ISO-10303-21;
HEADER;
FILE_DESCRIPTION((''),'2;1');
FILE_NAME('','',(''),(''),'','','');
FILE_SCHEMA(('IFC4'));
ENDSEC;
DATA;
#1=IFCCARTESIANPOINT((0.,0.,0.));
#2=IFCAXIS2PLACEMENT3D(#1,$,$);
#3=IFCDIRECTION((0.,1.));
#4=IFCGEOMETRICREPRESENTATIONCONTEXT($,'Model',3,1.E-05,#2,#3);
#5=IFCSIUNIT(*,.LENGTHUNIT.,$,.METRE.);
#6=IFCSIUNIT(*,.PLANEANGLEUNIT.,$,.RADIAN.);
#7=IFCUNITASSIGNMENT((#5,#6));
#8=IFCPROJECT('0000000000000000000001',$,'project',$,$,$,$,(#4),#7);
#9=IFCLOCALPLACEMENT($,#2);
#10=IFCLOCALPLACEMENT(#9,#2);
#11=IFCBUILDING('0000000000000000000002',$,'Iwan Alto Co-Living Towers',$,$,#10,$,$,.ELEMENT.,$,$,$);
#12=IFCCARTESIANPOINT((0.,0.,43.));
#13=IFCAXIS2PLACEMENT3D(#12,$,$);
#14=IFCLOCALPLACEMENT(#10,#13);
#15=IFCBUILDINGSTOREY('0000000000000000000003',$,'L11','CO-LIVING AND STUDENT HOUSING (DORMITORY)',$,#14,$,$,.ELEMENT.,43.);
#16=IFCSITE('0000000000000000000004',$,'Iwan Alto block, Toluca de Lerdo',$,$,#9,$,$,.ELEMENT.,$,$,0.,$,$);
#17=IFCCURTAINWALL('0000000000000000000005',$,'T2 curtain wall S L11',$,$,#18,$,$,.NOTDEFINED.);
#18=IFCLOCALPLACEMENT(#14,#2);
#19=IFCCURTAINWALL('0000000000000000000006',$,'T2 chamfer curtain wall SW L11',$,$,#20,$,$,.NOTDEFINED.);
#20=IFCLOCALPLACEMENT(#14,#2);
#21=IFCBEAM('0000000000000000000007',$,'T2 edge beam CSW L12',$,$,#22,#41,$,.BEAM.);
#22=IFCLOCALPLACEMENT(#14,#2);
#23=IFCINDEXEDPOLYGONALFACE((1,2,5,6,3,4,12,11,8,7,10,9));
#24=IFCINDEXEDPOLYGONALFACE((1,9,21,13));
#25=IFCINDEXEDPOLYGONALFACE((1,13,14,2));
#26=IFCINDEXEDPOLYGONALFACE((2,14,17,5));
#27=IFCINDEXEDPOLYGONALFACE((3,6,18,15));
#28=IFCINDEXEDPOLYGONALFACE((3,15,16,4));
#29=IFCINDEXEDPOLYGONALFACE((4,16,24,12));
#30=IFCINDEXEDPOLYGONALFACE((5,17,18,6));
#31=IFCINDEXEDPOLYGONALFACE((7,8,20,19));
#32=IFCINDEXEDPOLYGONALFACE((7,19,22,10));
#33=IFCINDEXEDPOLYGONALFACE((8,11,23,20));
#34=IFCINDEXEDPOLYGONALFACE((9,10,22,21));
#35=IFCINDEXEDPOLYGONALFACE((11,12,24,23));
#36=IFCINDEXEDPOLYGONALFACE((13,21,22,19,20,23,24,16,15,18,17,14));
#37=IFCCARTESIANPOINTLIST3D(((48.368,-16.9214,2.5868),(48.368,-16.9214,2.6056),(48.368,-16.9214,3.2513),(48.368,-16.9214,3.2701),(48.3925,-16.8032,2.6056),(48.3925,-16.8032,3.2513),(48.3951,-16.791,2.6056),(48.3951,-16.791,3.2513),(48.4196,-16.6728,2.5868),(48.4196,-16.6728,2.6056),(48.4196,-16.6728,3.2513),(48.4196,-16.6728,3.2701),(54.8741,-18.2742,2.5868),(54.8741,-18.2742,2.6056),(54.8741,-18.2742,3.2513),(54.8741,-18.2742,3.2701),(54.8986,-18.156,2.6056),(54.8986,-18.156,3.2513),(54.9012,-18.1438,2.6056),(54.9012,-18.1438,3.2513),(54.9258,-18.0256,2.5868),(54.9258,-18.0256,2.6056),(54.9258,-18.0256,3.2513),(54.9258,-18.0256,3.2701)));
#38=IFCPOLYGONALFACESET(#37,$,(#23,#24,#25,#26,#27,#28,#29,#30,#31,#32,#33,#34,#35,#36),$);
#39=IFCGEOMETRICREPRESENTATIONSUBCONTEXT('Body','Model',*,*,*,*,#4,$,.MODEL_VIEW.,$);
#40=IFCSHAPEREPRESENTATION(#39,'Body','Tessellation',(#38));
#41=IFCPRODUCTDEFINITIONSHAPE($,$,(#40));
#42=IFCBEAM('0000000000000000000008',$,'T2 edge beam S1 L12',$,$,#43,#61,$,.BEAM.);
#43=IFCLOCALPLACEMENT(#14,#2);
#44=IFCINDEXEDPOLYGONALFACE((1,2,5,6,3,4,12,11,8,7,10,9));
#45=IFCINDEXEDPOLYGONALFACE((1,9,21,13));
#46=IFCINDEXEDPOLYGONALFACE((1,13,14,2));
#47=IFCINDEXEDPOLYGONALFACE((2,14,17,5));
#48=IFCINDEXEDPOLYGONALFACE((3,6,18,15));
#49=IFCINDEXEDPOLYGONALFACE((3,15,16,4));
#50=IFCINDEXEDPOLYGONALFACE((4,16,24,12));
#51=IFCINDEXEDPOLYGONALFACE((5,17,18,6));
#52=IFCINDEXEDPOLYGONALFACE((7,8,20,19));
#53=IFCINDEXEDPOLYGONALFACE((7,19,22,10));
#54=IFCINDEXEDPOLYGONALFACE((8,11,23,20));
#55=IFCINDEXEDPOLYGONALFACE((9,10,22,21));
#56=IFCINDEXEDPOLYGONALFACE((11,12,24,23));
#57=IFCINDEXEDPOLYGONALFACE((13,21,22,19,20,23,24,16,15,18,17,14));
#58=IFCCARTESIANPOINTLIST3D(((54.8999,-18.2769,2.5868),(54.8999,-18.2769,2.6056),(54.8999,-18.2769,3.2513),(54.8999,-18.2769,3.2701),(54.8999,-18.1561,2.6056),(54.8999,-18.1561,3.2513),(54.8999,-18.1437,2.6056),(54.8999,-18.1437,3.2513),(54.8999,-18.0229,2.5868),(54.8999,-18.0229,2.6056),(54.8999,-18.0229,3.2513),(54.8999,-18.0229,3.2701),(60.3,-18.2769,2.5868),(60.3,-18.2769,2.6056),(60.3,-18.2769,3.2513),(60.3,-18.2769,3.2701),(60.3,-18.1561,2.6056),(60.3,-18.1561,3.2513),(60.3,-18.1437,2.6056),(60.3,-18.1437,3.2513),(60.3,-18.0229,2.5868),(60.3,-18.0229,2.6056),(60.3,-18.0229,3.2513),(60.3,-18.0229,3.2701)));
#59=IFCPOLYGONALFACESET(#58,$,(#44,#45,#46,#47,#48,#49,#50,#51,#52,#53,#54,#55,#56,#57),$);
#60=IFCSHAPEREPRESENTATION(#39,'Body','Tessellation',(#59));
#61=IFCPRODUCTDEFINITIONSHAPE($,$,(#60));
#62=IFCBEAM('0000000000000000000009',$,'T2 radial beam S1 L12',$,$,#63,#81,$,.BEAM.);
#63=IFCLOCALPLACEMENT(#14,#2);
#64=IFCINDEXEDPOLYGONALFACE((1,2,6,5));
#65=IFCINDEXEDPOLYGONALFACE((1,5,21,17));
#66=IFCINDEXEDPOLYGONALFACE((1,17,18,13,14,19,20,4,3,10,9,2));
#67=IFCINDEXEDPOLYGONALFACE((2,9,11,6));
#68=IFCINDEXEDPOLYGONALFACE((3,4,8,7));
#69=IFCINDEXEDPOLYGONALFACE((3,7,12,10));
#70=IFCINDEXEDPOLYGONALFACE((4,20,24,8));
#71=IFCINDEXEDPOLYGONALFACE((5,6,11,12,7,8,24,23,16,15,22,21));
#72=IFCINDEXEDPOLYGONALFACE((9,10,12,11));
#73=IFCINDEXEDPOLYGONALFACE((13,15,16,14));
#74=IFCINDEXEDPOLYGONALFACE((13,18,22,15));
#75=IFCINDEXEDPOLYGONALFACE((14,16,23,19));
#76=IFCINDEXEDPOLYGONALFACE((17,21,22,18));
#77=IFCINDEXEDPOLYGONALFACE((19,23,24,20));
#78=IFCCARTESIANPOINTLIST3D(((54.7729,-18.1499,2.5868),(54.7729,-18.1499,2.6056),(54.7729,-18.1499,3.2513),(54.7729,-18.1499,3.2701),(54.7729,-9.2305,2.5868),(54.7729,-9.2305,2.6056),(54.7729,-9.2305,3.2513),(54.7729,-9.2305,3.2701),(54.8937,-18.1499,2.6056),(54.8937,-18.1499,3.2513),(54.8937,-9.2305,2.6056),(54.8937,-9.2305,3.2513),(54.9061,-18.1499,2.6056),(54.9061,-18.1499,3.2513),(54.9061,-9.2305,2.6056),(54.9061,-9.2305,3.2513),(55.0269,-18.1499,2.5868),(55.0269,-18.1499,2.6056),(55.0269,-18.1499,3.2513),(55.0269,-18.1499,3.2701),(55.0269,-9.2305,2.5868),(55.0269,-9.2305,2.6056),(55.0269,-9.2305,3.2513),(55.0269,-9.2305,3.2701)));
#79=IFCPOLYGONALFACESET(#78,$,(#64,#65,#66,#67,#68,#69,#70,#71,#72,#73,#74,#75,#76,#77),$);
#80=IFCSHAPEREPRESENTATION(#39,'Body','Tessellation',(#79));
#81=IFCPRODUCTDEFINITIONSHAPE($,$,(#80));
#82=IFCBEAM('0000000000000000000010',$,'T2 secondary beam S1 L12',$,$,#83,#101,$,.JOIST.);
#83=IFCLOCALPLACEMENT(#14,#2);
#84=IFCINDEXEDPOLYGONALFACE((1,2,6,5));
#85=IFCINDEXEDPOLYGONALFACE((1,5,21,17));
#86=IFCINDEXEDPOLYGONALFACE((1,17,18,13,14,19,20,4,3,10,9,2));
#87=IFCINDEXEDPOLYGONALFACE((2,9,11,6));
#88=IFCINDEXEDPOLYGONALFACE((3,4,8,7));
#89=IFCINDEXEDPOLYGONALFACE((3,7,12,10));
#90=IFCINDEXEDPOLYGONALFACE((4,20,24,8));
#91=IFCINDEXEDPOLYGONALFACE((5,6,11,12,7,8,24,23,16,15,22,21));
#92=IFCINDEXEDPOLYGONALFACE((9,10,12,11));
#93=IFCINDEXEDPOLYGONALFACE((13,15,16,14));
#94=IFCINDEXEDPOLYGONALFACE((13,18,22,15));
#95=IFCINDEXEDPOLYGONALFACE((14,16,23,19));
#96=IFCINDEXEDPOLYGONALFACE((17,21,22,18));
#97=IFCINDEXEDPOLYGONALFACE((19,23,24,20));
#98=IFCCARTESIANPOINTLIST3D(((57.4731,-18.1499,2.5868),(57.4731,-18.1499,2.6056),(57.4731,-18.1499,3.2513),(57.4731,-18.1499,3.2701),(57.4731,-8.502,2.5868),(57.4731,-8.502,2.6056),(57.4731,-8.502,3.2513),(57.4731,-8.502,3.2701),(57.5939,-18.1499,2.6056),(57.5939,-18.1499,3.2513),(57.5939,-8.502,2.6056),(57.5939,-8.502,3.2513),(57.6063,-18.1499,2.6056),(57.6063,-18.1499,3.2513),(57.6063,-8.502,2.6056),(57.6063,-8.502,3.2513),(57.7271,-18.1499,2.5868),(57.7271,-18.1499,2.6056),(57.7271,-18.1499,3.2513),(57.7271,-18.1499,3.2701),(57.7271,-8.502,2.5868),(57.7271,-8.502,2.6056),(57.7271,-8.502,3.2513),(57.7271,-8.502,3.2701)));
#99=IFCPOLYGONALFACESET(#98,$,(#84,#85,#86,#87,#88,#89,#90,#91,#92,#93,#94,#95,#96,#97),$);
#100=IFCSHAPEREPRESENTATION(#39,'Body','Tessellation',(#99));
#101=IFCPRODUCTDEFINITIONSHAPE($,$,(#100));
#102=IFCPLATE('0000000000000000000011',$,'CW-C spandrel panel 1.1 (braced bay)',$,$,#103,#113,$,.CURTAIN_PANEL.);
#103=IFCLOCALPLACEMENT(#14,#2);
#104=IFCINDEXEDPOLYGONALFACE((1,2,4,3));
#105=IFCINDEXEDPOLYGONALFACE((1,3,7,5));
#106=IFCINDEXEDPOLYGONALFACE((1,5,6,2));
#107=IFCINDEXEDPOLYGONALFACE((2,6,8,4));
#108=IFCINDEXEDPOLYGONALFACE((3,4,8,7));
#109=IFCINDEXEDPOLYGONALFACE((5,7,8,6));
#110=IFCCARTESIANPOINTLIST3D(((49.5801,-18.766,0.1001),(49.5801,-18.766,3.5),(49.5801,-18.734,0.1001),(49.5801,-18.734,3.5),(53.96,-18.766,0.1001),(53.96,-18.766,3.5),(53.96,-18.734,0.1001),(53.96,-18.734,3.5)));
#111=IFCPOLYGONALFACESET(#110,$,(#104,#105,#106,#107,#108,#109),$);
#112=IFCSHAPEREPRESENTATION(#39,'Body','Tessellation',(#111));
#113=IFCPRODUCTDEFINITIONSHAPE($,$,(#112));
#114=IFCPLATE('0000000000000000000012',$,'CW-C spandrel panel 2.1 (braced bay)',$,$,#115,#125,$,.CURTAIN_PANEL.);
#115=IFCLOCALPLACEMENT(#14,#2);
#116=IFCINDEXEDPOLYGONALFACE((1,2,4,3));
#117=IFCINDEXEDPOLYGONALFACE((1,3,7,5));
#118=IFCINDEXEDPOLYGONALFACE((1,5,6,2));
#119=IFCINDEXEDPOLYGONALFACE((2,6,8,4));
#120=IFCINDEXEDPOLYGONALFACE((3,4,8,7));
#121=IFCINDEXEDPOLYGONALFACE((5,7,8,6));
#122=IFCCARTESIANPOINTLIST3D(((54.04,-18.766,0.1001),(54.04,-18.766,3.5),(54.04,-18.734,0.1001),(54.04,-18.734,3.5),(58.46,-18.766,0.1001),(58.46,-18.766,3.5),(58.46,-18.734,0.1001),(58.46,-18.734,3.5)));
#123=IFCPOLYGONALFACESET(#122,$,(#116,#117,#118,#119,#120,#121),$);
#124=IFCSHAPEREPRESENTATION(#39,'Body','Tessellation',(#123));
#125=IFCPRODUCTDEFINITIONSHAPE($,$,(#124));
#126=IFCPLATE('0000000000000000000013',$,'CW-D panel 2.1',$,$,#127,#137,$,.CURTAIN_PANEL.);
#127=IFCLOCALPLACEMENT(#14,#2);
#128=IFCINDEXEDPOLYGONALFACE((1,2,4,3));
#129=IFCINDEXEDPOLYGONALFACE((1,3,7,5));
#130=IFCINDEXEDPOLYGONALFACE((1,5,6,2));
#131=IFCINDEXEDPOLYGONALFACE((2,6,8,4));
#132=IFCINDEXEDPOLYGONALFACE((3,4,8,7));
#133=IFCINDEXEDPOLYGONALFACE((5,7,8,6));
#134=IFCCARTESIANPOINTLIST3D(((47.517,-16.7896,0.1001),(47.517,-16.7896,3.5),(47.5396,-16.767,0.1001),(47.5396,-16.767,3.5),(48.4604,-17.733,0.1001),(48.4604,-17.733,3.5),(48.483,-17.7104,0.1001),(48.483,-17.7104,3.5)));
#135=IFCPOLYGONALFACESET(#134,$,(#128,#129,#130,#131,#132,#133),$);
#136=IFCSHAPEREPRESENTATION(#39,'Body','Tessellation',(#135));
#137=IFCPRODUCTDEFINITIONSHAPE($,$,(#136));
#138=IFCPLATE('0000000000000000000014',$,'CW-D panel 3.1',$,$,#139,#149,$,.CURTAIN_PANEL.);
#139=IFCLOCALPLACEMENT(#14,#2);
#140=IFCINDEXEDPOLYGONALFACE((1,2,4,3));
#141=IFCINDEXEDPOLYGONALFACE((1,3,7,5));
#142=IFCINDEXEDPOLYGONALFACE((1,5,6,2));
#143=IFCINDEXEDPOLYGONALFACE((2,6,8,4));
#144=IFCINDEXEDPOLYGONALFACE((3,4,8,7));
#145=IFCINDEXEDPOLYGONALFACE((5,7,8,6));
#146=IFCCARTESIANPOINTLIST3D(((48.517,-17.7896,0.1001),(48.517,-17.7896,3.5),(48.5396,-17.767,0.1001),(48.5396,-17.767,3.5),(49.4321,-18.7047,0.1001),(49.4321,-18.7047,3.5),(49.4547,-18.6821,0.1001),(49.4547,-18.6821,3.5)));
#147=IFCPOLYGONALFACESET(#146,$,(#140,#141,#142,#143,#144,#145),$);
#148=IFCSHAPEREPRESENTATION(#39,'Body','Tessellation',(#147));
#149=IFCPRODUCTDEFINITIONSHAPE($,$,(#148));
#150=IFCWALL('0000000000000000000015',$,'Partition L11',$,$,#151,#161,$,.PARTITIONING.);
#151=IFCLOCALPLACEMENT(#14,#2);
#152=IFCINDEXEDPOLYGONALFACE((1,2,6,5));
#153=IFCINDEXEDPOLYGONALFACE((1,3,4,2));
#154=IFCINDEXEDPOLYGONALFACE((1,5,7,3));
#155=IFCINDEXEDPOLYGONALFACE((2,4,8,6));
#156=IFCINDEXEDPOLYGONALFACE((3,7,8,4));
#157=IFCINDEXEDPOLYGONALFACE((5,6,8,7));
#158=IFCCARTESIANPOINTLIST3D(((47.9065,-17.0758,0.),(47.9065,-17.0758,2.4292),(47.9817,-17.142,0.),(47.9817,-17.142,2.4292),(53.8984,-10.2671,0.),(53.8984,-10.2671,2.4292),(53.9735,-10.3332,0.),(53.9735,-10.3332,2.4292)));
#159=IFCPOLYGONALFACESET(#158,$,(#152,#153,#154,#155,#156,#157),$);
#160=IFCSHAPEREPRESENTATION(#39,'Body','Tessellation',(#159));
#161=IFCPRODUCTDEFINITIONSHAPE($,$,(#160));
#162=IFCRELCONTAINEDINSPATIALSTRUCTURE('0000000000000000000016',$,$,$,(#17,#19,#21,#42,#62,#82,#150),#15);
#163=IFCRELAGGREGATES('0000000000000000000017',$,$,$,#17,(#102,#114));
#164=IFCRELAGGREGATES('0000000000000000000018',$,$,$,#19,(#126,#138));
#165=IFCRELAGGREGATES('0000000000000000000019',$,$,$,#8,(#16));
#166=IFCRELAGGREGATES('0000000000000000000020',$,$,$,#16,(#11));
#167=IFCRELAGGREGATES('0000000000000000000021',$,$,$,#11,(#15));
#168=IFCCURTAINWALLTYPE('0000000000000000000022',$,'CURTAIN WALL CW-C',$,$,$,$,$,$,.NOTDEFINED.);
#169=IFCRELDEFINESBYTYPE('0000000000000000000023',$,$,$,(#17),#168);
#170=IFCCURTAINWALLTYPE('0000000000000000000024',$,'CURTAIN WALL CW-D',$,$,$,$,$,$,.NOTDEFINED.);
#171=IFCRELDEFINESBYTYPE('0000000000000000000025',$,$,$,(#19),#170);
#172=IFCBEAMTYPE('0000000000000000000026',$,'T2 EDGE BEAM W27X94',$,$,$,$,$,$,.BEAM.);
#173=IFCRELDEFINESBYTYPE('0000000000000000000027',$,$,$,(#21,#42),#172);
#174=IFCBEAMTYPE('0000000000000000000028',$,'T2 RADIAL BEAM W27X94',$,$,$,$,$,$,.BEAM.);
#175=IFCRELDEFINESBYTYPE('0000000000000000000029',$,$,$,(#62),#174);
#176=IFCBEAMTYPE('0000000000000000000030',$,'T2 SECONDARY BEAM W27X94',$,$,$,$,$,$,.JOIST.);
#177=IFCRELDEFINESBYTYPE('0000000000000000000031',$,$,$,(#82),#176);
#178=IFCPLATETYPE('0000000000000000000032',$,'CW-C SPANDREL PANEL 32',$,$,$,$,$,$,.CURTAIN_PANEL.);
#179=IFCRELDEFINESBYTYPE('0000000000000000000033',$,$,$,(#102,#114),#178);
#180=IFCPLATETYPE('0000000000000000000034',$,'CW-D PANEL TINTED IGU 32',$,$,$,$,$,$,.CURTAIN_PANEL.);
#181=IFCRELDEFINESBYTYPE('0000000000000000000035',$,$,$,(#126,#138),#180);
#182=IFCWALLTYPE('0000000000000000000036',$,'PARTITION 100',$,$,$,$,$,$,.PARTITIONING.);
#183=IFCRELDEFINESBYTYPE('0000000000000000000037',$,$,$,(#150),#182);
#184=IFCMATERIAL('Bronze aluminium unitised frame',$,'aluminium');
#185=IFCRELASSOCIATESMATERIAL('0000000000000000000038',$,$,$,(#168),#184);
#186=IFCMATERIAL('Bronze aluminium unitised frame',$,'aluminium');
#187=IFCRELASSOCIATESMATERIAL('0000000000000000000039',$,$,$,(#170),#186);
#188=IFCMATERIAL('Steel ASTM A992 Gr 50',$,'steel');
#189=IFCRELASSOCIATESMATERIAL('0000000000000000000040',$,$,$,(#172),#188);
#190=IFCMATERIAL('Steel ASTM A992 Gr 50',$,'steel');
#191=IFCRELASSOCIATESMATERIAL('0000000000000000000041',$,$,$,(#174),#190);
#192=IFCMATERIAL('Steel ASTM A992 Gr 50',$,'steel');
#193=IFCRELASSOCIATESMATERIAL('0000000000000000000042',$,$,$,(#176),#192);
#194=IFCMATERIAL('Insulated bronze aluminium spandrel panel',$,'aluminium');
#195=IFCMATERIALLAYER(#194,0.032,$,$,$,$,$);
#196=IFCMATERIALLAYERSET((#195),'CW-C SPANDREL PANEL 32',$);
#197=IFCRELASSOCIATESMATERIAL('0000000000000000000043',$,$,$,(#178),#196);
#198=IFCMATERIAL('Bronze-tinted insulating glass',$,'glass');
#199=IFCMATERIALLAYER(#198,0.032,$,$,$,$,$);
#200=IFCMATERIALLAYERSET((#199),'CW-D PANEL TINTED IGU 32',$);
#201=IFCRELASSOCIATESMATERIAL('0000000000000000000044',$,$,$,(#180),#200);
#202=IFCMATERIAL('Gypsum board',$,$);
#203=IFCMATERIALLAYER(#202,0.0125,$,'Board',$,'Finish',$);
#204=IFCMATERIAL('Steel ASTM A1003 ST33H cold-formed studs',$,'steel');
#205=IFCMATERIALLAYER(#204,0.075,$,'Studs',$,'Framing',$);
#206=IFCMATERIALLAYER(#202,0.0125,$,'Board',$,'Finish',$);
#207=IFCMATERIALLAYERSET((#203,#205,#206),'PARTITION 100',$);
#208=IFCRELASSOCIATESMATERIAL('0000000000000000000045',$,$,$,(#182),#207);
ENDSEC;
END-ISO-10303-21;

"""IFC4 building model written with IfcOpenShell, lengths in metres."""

from ifc_helpers import new_model, si_unit, direction, frame, frame_2d, origin, origin_2d, place, context, subcontext, project, spatial, rectangle, i_section, extrude, material, layer, layer_set, material_profile, profile_set, type_object, element, aggregate, save


model = new_model("IFC4")

# Units and contexts
model_context = context("Model", 3, precision=1e-05, world=origin(), true_north=direction((0.0, 1.0)))
body_context = subcontext(model_context, "Body", "Model", "MODEL_VIEW")
ifc_project = project(units=[si_unit("LENGTHUNIT", "METRE"), si_unit("PLANEANGLEUNIT", "RADIAN")], contexts=[model_context])

# Site, building, storey
site_placement = place(None, origin())
site = spatial("IfcSite", under=ifc_project, at=site_placement, Name="Iwan Alto block, Toluca de Lerdo", CompositionType="ELEMENT", RefElevation=0.0)
building_placement = place(site_placement, origin())
building = spatial("IfcBuilding", under=site, at=building_placement, Name="Iwan Alto Co-Living Towers", CompositionType="ELEMENT")
storey_placement = place(building_placement, frame((0.0, 0.0, 43.0)))
storey = spatial("IfcBuildingStorey", under=building, at=storey_placement, Name="L11", Description="CO-LIVING AND STUDENT HOUSING (DORMITORY)", CompositionType="ELEMENT", Elevation=43.0)

# Curtain walls
ifc_material_1 = material(Name="Bronze aluminium unitised frame", Category="aluminium")
curtain_wall_type_1 = type_object("IfcCurtainWallType", Name="CURTAIN WALL CW-C", PredefinedType="NOTDEFINED", material=ifc_material_1)
curtain_wall_1_placement = place(storey_placement, origin())
curtain_wall_1 = element("IfcCurtainWall", 1, at=curtain_wall_1_placement, inside=storey, type_object=curtain_wall_type_1, Name="T2 curtain wall S L11", PredefinedType="NOTDEFINED")
ifc_material_2 = material(Name="Bronze aluminium unitised frame", Category="aluminium")
curtain_wall_type_2 = type_object("IfcCurtainWallType", Name="CURTAIN WALL CW-D", PredefinedType="NOTDEFINED", material=ifc_material_2)
curtain_wall_2_placement = place(storey_placement, origin())
curtain_wall_2 = element("IfcCurtainWall", 2, at=curtain_wall_2_placement, inside=storey, type_object=curtain_wall_type_2, Name="T2 chamfer curtain wall SW L11", PredefinedType="NOTDEFINED")

# Beams
ifc_material_3 = material(Name="Steel ASTM A992 Gr 50", Category="steel")
ifc_material_profile_1 = material_profile(ifc_material_3, i_section(OverallWidth=0.2539, OverallDepth=0.6833, WebThickness=0.0125, FlangeThickness=0.0188, at=origin_2d()), Name="W27X94")
ifc_profile_set_1 = profile_set([ifc_material_profile_1], Name="Steel ASTM A992 Gr 50")
beam_type_1 = type_object("IfcBeamType", Name="T2 EDGE BEAM W27X94", PredefinedType="BEAM", material=ifc_profile_set_1)
beam_1_placement = place(storey_placement, frame((48.3938, -16.7971, 2.9285), z_axis=(0.97906, -0.203571, 0.0), x_axis=(0.203571, 0.97906, 0.0)))
element("IfcBeam", 3, at=beam_1_placement, inside=storey, type_object=beam_type_1, Name="T2 edge beam CSW L12", PredefinedType="BEAM", context=body_context, shape_type="SweptSolid", body=[
    extrude(i_section(OverallWidth=0.2539, OverallDepth=0.6833, WebThickness=0.0125, FlangeThickness=0.0188, at=origin_2d()), origin(), (0.0, 0.0, 1.0), 6.6453),
])
beam_2_placement = place(storey_placement, frame((54.8999, -18.1499, 2.9285), z_axis=(1.0, 0.0, 0.0), x_axis=(0.0, 1.0, 0.0)))
element("IfcBeam", 4, at=beam_2_placement, inside=storey, type_object=beam_type_1, Name="T2 edge beam S1 L12", PredefinedType="BEAM", context=body_context, shape_type="SweptSolid", body=[
    extrude(i_section(OverallWidth=0.2539, OverallDepth=0.6833, WebThickness=0.0125, FlangeThickness=0.0188, at=origin_2d()), origin(), (0.0, 0.0, 1.0), 5.4001),
])
ifc_material_4 = material(Name="Steel ASTM A992 Gr 50", Category="steel")
ifc_material_profile_2 = material_profile(ifc_material_4, i_section(OverallWidth=0.2539, OverallDepth=0.6833, WebThickness=0.0125, FlangeThickness=0.0188, at=origin_2d()), Name="W27X94")
ifc_profile_set_2 = profile_set([ifc_material_profile_2], Name="Steel ASTM A992 Gr 50")
beam_type_2 = type_object("IfcBeamType", Name="T2 RADIAL BEAM W27X94", PredefinedType="BEAM", material=ifc_profile_set_2)
beam_3_placement = place(storey_placement, frame((54.8999, -18.1499, 2.9285), z_axis=(0.0, 1.0, 0.0), x_axis=(-1.0, 0.0, 0.0)))
element("IfcBeam", 5, at=beam_3_placement, inside=storey, type_object=beam_type_2, Name="T2 radial beam S1 L12", PredefinedType="BEAM", context=body_context, shape_type="SweptSolid", body=[
    extrude(i_section(OverallWidth=0.2539, OverallDepth=0.6833, WebThickness=0.0125, FlangeThickness=0.0188, at=origin_2d()), origin(), (0.0, 0.0, 1.0), 8.9194),
])
ifc_material_5 = material(Name="Steel ASTM A992 Gr 50", Category="steel")
ifc_material_profile_3 = material_profile(ifc_material_5, i_section(OverallWidth=0.2539, OverallDepth=0.6833, WebThickness=0.0125, FlangeThickness=0.0188, at=origin_2d()), Name="W27X94")
ifc_profile_set_3 = profile_set([ifc_material_profile_3], Name="Steel ASTM A992 Gr 50")
beam_type_3 = type_object("IfcBeamType", Name="T2 SECONDARY BEAM W27X94", PredefinedType="JOIST", material=ifc_profile_set_3)
beam_4_placement = place(storey_placement, frame((57.6001, -18.1499, 2.9285), z_axis=(0.0, 1.0, 0.0), x_axis=(-1.0, 0.0, 0.0)))
element("IfcBeam", 6, at=beam_4_placement, inside=storey, type_object=beam_type_3, Name="T2 secondary beam S1 L12", PredefinedType="JOIST", context=body_context, shape_type="SweptSolid", body=[
    extrude(i_section(OverallWidth=0.2539, OverallDepth=0.6833, WebThickness=0.0125, FlangeThickness=0.0188, at=origin_2d()), origin(), (0.0, 0.0, 1.0), 9.6479),
])

# Plates
ifc_material_6 = material(Name="Insulated bronze aluminium spandrel panel", Category="aluminium")
ifc_layer_1 = layer(ifc_material_6, 0.032)
ifc_layer_set_1 = layer_set([ifc_layer_1], Name="CW-C SPANDREL PANEL 32")
plate_type_1 = type_object("IfcPlateType", Name="CW-C SPANDREL PANEL 32", PredefinedType="CURTAIN_PANEL", material=ifc_layer_set_1)
plate_1_placement = place(storey_placement, frame((51.77, -18.75, 0.1001), z_axis=(0.0, 0.0, 1.0), x_axis=(1.0, 0.0, 0.0)))
plate_1 = element("IfcPlate", 7, at=plate_1_placement, type_object=plate_type_1, Name="CW-C spandrel panel 1.1 (braced bay)", PredefinedType="CURTAIN_PANEL", context=body_context, shape_type="SweptSolid", body=[
    extrude(rectangle(XDim=4.3799, YDim=0.032, at=origin_2d()), origin(), (0.0, 0.0, 1.0), 3.3999),
])
plate_2_placement = place(storey_placement, frame((56.25, -18.75, 0.1001), z_axis=(0.0, 0.0, 1.0), x_axis=(1.0, 0.0, 0.0)))
plate_2 = element("IfcPlate", 8, at=plate_2_placement, type_object=plate_type_1, Name="CW-C spandrel panel 2.1 (braced bay)", PredefinedType="CURTAIN_PANEL", context=body_context, shape_type="SweptSolid", body=[
    extrude(rectangle(XDim=4.4199, YDim=0.032, at=origin_2d()), origin(), (0.0, 0.0, 1.0), 3.3999),
])
aggregate(curtain_wall_1, [plate_1, plate_2])
ifc_material_7 = material(Name="Bronze-tinted insulating glass", Category="glass")
ifc_layer_2 = layer(ifc_material_7, 0.032)
ifc_layer_set_2 = layer_set([ifc_layer_2], Name="CW-D PANEL TINTED IGU 32")
plate_type_2 = type_object("IfcPlateType", Name="CW-D PANEL TINTED IGU 32", PredefinedType="CURTAIN_PANEL", material=ifc_layer_set_2)
plate_3_placement = place(storey_placement, frame((48.0, -17.25, 0.1001), z_axis=(0.0, 0.0, 1.0), x_axis=(0.707107, -0.707107, 0.0)))
plate_3 = element("IfcPlate", 9, at=plate_3_placement, type_object=plate_type_2, Name="CW-D panel 2.1", PredefinedType="CURTAIN_PANEL", context=body_context, shape_type="SweptSolid", body=[
    extrude(rectangle(XDim=1.3342, YDim=0.032, at=origin_2d()), origin(), (0.0, 0.0, 1.0), 3.3999),
])
plate_4_placement = place(storey_placement, frame((48.9858, -18.2358, 0.1001), z_axis=(0.0, 0.0, 1.0), x_axis=(0.707107, -0.707107, 0.0)))
plate_4 = element("IfcPlate", 10, at=plate_4_placement, type_object=plate_type_2, Name="CW-D panel 3.1", PredefinedType="CURTAIN_PANEL", context=body_context, shape_type="SweptSolid", body=[
    extrude(rectangle(XDim=1.2942, YDim=0.032, at=origin_2d()), origin(), (0.0, 0.0, 1.0), 3.3999),
])
aggregate(curtain_wall_2, [plate_3, plate_4])

# Wall
ifc_material_8 = material(Name="Gypsum board")
ifc_layer_3 = layer(ifc_material_8, 0.0125, Name="Board", Category="Finish")
ifc_material_9 = material(Name="Steel ASTM A1003 ST33H cold-formed studs", Category="steel")
ifc_layer_4 = layer(ifc_material_9, 0.075, Name="Studs", Category="Framing")
ifc_layer_5 = layer(ifc_material_8, 0.0125, Name="Board", Category="Finish")
ifc_layer_set_3 = layer_set([ifc_layer_3, ifc_layer_4, ifc_layer_5], Name="PARTITION 100")
wall_type_1 = type_object("IfcWallType", Name="PARTITION 100", PredefinedType="PARTITIONING", material=ifc_layer_set_3)
wall_1_placement = place(storey_placement, frame((47.9441, -17.1089, 0.0), z_axis=(0.0, 0.0, 1.0), x_axis=(0.660638, 0.750704, 0.0)))
element("IfcWall", 11, at=wall_1_placement, inside=storey, type_object=wall_type_1, Name="Partition L11", PredefinedType="PARTITIONING", context=body_context, shape_type="SweptSolid", body=[
    extrude(rectangle(XDim=9.0698, YDim=0.1001, at=frame_2d((4.5349, 0.0))), origin(), (0.0, 0.0, 1.0), 2.4292),
])

save(model, "model.ifc")
